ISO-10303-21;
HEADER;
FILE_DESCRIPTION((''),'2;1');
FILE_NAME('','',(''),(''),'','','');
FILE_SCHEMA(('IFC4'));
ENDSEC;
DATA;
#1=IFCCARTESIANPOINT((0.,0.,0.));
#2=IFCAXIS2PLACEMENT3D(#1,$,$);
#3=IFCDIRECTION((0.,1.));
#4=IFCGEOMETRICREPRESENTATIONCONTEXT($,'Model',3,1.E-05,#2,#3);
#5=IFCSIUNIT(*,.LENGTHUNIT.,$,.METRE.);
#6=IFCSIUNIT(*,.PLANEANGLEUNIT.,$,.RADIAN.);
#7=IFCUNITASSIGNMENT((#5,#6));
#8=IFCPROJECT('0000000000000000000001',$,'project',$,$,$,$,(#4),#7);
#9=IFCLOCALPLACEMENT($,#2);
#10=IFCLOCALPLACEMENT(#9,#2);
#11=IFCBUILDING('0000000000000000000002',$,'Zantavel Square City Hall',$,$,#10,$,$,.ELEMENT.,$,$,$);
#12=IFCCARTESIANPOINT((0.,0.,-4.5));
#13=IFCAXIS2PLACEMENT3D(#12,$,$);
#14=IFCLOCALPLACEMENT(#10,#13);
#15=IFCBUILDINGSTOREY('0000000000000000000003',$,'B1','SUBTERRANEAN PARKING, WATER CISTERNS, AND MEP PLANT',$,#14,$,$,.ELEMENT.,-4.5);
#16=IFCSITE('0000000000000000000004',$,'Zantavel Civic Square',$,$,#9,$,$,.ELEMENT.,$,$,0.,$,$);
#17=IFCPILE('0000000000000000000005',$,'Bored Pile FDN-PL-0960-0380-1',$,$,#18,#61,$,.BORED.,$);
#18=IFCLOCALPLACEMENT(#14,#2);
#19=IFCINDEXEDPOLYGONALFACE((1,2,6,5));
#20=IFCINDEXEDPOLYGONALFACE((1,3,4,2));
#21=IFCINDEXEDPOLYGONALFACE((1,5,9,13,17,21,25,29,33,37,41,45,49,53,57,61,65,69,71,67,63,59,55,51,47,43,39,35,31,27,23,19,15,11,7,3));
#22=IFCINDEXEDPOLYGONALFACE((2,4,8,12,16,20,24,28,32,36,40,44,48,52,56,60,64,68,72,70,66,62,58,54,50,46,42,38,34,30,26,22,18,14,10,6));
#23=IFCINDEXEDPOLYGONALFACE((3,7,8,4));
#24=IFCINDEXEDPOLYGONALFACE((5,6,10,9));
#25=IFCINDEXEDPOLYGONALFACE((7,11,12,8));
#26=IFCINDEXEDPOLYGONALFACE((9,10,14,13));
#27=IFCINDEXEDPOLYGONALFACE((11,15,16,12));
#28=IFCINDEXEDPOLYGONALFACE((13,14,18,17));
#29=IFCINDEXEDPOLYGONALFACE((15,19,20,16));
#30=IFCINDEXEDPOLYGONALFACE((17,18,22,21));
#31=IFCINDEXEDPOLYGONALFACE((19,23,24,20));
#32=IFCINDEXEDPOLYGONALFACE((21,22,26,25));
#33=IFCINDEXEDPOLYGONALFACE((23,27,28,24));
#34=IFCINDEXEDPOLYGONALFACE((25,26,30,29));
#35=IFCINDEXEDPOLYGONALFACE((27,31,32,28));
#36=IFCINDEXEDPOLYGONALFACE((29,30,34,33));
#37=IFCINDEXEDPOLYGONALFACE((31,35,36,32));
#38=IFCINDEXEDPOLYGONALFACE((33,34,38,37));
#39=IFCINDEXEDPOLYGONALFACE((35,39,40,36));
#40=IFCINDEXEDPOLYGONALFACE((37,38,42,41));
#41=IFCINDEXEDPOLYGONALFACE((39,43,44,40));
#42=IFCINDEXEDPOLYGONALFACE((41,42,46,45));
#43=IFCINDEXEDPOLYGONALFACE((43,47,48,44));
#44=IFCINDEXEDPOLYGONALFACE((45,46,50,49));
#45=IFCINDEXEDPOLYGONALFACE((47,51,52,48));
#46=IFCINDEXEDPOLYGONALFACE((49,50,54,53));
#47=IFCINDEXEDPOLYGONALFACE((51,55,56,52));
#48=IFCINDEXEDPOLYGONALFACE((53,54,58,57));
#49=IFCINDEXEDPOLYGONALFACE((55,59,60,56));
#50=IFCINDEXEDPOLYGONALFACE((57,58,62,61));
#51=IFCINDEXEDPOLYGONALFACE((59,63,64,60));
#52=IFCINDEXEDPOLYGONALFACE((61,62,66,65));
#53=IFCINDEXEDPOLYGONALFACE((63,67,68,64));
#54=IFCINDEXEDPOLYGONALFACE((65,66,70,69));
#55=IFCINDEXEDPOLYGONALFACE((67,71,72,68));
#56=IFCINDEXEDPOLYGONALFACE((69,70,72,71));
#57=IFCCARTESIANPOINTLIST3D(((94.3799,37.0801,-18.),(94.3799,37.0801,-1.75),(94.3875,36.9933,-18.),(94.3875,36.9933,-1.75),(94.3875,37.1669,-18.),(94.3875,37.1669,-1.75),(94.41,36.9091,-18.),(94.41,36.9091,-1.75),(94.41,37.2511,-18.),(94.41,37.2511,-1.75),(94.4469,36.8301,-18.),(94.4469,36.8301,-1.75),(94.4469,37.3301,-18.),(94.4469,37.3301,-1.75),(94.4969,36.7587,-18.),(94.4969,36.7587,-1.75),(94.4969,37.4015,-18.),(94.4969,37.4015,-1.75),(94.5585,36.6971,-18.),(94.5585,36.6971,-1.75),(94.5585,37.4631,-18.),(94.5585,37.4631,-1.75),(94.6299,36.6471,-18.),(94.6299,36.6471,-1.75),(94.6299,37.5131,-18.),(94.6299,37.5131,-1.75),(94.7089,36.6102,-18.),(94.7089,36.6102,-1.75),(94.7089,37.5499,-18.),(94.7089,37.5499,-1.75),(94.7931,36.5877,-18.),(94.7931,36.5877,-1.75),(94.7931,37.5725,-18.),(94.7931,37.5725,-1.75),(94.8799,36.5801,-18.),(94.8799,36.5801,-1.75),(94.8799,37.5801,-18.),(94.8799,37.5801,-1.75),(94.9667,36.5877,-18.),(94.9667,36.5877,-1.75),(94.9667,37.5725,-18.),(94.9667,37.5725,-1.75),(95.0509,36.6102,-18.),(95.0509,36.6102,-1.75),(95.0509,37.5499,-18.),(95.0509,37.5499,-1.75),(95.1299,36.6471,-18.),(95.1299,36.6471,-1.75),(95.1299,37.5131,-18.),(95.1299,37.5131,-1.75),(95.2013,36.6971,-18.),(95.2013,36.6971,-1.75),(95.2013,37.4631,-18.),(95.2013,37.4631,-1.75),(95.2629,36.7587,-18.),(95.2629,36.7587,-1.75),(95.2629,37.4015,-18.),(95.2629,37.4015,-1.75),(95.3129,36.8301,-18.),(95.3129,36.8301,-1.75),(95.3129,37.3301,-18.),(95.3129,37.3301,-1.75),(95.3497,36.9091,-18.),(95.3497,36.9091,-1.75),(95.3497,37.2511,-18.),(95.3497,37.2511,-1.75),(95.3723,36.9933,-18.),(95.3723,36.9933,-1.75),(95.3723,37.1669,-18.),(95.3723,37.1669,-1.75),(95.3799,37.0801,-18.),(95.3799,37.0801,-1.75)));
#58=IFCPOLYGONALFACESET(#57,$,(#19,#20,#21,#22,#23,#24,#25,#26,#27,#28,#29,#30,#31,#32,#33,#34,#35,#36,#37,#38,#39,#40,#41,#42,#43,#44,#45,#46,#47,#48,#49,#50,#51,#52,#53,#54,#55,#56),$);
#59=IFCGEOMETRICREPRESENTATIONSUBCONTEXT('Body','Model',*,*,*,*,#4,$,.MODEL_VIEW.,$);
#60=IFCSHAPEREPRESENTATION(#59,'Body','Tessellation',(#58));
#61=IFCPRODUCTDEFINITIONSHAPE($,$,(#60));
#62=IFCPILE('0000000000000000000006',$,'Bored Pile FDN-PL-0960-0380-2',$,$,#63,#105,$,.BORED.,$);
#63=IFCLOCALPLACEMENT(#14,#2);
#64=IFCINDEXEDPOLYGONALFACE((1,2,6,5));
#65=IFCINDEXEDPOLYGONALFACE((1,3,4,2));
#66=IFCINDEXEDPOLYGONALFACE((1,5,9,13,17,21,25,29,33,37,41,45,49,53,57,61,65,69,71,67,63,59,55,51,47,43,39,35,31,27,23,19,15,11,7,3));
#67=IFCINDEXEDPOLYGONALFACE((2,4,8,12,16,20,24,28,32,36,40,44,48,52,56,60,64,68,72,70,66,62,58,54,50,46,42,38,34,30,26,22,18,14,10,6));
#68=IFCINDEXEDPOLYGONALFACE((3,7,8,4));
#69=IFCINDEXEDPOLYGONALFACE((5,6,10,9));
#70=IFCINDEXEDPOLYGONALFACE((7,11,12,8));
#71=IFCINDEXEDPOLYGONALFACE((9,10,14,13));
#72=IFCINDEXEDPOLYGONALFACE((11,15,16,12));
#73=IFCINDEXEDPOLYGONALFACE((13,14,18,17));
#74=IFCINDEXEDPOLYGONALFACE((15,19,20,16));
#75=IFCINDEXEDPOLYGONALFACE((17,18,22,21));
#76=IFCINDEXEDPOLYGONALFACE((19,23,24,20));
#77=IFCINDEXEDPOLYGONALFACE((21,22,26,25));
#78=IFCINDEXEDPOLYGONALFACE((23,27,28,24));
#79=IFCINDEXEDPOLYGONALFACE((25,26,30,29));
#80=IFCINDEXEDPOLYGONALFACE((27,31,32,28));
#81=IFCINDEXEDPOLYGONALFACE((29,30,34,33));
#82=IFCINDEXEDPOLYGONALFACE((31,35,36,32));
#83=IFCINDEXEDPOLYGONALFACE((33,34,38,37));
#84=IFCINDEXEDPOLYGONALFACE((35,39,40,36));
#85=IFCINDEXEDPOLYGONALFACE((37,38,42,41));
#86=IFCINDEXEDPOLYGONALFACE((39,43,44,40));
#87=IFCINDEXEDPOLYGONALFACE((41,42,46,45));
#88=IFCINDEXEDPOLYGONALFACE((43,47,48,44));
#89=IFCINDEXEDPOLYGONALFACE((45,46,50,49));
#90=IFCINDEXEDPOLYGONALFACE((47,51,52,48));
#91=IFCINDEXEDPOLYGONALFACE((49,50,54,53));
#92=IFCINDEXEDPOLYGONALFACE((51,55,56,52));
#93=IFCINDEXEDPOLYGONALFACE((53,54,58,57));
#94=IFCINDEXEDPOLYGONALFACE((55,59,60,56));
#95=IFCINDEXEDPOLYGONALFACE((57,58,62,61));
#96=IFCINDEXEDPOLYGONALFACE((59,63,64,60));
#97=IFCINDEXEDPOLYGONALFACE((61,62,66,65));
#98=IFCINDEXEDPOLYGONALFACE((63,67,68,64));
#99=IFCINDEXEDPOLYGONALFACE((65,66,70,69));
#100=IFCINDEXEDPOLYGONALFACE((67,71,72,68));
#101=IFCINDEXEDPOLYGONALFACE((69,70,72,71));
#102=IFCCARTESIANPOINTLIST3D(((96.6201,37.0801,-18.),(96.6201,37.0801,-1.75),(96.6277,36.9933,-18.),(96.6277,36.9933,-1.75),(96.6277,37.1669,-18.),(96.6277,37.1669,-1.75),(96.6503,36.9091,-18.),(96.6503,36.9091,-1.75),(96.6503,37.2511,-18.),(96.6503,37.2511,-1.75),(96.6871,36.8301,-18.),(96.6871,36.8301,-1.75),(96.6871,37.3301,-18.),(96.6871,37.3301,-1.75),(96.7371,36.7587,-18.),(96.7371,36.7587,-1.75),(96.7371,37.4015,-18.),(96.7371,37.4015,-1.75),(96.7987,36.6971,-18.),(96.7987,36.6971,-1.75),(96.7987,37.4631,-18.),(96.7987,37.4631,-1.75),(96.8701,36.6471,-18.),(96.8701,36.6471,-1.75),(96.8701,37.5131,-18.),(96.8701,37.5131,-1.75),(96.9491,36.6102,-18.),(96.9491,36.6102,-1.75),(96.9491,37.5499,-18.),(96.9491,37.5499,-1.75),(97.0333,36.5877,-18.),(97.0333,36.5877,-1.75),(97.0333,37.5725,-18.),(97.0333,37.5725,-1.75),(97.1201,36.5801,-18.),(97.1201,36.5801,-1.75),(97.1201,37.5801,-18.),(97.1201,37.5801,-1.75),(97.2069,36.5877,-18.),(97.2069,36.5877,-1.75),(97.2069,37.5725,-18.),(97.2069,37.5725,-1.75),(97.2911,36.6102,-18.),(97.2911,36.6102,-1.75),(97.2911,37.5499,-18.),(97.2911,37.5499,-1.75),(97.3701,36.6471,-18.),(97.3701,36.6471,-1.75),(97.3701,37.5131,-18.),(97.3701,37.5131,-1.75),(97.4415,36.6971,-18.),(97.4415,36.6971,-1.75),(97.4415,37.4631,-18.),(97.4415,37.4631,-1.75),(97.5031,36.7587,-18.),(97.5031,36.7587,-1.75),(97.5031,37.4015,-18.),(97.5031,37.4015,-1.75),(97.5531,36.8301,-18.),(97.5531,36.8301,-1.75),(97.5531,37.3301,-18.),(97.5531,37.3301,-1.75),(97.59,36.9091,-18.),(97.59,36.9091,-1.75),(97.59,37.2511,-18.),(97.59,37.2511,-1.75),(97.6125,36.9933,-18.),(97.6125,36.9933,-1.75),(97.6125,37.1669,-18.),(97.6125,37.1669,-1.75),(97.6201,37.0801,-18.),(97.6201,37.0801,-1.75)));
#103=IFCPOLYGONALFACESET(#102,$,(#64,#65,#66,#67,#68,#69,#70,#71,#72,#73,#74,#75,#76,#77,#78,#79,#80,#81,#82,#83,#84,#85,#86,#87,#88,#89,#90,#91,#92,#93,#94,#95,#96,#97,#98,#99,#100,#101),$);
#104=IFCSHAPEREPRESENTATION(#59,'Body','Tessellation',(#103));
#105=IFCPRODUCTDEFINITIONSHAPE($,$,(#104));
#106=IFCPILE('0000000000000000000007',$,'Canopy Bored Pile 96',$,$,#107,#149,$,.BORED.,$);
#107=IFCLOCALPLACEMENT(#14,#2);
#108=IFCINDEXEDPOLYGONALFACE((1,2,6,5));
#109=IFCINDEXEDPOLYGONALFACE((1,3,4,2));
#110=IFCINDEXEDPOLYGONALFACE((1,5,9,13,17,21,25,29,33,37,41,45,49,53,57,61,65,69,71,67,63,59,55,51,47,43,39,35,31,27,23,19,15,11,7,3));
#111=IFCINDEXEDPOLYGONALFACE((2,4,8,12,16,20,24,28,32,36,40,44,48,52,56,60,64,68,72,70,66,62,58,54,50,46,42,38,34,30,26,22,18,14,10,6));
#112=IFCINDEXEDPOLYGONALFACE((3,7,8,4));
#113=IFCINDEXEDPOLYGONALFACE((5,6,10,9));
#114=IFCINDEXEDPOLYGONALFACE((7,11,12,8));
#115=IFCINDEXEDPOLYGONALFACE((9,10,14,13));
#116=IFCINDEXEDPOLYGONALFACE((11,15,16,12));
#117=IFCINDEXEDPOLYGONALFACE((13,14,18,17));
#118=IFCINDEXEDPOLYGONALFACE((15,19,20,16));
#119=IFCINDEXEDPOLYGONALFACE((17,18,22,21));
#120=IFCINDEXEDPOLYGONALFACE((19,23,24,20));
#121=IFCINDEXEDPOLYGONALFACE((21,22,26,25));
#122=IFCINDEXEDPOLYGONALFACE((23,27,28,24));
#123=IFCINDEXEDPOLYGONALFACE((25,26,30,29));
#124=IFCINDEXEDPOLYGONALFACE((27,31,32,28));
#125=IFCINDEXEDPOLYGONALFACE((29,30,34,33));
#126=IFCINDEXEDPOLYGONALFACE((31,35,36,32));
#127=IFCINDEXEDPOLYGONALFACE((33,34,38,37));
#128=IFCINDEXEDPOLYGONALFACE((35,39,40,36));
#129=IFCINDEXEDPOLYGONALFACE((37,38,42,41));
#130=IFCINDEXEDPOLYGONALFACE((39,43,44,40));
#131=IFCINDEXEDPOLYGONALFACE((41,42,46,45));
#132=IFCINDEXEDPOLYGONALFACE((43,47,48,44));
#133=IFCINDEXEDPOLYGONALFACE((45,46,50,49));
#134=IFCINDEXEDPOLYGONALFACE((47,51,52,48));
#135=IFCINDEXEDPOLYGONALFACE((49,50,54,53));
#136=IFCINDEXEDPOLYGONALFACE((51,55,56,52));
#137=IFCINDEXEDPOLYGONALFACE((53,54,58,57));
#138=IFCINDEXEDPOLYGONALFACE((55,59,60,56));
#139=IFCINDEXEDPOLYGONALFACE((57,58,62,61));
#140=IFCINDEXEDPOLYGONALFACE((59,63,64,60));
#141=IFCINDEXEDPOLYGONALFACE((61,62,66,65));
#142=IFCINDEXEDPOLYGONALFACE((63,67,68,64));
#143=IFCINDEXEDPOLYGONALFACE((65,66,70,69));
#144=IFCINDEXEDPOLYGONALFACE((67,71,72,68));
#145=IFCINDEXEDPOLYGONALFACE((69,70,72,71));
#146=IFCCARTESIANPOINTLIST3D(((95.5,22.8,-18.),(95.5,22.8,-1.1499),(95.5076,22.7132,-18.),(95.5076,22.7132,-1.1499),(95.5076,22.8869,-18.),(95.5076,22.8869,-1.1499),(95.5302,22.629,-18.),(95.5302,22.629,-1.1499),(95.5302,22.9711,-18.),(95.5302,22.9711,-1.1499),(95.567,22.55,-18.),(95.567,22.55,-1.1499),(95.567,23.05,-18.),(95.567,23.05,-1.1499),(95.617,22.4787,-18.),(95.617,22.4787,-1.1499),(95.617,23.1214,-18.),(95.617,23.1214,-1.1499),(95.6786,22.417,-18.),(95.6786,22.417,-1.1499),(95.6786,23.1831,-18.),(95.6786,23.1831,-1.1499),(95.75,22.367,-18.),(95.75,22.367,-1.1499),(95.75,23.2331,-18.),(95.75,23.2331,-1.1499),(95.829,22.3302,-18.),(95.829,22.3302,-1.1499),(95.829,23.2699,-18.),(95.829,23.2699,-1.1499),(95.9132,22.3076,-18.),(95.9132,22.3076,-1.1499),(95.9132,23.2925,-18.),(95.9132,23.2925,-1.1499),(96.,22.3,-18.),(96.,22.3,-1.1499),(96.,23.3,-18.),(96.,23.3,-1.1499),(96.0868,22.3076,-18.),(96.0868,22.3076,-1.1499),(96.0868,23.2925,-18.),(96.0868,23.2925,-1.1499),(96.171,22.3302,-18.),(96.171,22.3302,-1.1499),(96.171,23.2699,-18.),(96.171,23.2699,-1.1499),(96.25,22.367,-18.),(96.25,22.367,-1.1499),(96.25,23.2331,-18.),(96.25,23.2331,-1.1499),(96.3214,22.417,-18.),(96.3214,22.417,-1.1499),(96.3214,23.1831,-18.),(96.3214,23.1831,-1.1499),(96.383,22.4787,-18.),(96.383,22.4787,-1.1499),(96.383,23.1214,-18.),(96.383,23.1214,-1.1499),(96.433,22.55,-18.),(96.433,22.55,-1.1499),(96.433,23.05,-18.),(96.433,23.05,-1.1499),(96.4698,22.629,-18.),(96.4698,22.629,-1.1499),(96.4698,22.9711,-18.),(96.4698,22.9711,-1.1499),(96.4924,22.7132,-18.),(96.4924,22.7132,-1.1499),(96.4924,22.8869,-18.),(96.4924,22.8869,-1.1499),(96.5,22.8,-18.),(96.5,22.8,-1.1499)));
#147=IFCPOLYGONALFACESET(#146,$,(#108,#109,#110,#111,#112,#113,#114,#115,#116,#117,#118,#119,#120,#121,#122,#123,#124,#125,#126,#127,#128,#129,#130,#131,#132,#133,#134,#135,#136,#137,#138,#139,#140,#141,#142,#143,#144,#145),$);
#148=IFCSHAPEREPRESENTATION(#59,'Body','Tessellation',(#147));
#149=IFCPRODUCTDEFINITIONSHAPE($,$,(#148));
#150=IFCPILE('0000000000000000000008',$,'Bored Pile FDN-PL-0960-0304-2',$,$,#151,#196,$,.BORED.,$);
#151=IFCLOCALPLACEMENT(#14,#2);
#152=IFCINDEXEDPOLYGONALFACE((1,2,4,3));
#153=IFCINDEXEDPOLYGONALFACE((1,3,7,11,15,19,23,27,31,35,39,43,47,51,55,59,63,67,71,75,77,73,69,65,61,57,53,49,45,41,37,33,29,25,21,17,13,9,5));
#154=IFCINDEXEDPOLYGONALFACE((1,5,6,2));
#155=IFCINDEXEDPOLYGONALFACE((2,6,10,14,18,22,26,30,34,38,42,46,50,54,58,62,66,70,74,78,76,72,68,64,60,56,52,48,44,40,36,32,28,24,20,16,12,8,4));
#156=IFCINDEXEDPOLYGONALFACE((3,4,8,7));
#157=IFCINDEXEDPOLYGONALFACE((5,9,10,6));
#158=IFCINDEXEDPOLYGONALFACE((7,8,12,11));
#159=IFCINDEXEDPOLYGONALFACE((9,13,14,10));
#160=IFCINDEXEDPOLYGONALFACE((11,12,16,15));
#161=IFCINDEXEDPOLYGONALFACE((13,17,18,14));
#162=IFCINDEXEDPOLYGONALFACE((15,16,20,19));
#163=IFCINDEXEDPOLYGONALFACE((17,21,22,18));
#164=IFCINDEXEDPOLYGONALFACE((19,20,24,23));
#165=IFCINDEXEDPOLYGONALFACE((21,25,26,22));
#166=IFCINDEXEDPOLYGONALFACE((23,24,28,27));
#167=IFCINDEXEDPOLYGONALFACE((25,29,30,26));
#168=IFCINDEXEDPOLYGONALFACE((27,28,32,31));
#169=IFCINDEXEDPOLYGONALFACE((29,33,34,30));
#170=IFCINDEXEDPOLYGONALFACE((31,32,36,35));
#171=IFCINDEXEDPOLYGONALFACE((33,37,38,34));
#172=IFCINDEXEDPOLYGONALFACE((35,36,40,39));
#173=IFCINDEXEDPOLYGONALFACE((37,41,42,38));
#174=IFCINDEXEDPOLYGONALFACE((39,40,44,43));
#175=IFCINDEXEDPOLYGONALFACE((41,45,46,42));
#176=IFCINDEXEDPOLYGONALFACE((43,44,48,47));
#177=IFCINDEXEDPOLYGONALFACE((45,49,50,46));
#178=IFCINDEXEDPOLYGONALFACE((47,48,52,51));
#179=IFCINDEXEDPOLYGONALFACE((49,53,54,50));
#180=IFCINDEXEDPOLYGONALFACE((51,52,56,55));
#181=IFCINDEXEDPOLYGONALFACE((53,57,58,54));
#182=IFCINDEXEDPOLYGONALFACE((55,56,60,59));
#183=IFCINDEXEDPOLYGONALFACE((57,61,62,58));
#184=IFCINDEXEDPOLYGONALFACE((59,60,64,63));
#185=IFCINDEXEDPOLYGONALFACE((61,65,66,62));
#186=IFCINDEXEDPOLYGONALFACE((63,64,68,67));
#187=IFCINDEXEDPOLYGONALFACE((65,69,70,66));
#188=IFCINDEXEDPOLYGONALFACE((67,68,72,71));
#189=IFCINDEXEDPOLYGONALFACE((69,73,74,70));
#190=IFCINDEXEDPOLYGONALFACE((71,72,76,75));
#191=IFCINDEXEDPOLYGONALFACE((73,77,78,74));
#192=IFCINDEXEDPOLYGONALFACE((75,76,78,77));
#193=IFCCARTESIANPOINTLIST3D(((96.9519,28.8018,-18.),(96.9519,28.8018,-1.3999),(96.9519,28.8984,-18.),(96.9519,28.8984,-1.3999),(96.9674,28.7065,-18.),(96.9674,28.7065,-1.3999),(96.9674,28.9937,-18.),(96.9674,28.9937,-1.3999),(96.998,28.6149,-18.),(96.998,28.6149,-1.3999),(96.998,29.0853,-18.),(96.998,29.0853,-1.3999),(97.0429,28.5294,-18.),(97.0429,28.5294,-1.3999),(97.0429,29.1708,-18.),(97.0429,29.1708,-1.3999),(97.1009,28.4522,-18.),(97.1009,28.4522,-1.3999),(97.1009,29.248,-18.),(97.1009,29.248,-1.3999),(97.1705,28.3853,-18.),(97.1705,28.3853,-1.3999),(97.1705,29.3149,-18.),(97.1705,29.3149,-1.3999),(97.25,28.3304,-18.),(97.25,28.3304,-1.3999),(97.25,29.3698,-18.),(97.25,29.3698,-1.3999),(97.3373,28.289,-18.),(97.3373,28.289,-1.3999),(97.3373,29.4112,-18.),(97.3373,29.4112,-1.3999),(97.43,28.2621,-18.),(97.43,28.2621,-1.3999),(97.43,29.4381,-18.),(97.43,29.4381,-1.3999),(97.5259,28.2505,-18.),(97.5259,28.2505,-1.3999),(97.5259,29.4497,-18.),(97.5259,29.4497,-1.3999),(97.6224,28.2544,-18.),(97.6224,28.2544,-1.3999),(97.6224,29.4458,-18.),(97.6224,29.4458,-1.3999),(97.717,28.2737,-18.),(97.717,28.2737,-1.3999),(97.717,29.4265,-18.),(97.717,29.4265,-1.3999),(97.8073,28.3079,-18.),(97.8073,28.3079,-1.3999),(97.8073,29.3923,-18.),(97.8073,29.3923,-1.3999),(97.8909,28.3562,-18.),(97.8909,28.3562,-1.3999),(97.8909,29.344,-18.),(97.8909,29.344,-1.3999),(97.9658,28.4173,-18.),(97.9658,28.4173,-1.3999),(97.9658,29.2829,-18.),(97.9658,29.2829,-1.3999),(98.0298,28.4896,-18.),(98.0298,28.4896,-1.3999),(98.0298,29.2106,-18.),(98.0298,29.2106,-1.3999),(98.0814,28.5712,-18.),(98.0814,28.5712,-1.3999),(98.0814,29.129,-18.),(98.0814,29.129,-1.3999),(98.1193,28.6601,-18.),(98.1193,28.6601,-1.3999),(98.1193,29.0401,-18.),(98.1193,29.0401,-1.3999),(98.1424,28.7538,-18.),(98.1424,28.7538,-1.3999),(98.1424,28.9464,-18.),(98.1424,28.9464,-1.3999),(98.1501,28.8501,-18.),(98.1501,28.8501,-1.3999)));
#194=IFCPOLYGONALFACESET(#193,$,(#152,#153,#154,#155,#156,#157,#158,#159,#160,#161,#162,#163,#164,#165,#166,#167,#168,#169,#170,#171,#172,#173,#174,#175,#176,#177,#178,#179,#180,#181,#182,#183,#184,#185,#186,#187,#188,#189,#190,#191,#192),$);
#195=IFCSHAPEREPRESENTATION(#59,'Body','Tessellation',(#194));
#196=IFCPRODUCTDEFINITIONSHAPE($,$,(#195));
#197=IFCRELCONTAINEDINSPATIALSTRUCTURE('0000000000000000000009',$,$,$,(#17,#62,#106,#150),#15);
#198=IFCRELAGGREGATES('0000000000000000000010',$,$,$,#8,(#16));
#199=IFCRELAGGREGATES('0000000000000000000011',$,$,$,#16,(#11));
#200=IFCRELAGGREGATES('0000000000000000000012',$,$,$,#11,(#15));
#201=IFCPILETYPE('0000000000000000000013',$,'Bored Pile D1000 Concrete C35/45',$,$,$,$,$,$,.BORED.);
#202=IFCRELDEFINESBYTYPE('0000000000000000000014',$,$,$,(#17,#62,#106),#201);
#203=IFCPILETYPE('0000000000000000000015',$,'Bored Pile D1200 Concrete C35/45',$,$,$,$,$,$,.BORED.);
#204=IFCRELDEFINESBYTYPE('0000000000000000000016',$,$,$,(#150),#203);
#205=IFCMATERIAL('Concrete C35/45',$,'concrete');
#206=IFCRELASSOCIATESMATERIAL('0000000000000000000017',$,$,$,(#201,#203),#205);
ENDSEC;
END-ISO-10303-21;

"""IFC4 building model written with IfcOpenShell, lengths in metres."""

from ifc_helpers import new_model, si_unit, direction, frame, origin, origin_2d, place, context, subcontext, project, spatial, circle, extrude, material, material_profile, profile_set, type_object, element, save


model = new_model("IFC4")

# Units and contexts
model_context = context("Model", 3, precision=1e-05, world=origin(), true_north=direction((0.0, 1.0)))
body_context = subcontext(model_context, "Body", "Model", "MODEL_VIEW")
ifc_project = project(units=[si_unit("LENGTHUNIT", "METRE"), si_unit("PLANEANGLEUNIT", "RADIAN")], contexts=[model_context])

# Site, building, storey
site_placement = place(None, origin())
site = spatial("IfcSite", under=ifc_project, at=site_placement, Name="Zantavel Civic Square", CompositionType="ELEMENT", RefElevation=0.0)
building_placement = place(site_placement, origin())
building = spatial("IfcBuilding", under=site, at=building_placement, Name="Zantavel Square City Hall", CompositionType="ELEMENT")
storey_placement = place(building_placement, frame((0.0, 0.0, -4.5)))
storey = spatial("IfcBuildingStorey", under=building, at=storey_placement, Name="B1", Description="SUBTERRANEAN PARKING, WATER CISTERNS, AND MEP PLANT", CompositionType="ELEMENT", Elevation=-4.5)

# Piles
ifc_material_1 = material(Name="Concrete C35/45", Category="concrete")
ifc_material_profile_1 = material_profile(ifc_material_1, circle(Radius=0.5, at=origin_2d()), Name="PILE D1000")
ifc_profile_set_1 = profile_set([ifc_material_profile_1], Name="Concrete C35/45")
pile_type_1 = type_object("IfcPileType", Name="Bored Pile D1000 Concrete C35/45", PredefinedType="BORED", material=ifc_profile_set_1)
for number, where, z_axis, x_axis, name in (
    (1, (94.8799, 37.0801, -1.75), (0.0, 0.0, -1.0), (1.0, 0.0, 0.0), "Bored Pile FDN-PL-0960-0380-1"),
    (2, (97.1201, 37.0801, -1.75), (0.0, 0.0, -1.0), (1.0, 0.0, 0.0), "Bored Pile FDN-PL-0960-0380-2"),
):
    element("IfcPile", number, at=place(storey_placement, frame(where, z_axis=z_axis, x_axis=x_axis)), inside=storey, type_object=pile_type_1, Name=name, PredefinedType="BORED", context=body_context, shape_type="SweptSolid", body=[
        extrude(circle(Radius=0.5, at=origin_2d()), origin(), (0.0, 0.0, 1.0), 16.25),
    ])
pile_placement = place(storey_placement, frame((96.0, 22.8, -1.1499), z_axis=(0.0, 0.0, -1.0), x_axis=(1.0, 0.0, 0.0)))
element("IfcPile", 3, at=pile_placement, inside=storey, type_object=pile_type_1, Name="Canopy Bored Pile 96", PredefinedType="BORED", context=body_context, shape_type="SweptSolid", body=[
    extrude(circle(Radius=0.5, at=origin_2d()), origin(), (0.0, 0.0, 1.0), 16.8501),
])
ifc_material_profile_2 = material_profile(ifc_material_1, circle(Radius=0.6001, at=origin_2d()), Name="PILE D1200")
ifc_profile_set_2 = profile_set([ifc_material_profile_2], Name="Concrete C35/45")
pile_type_2 = type_object("IfcPileType", Name="Bored Pile D1200 Concrete C35/45", PredefinedType="BORED", material=ifc_profile_set_2)
for number, where, z_axis, x_axis, name in (
    (4, (97.55, 28.8501, -1.3999), (0.0, 0.0, -1.0), (1.0, 0.0, 0.0), "Bored Pile FDN-PL-0960-0304-2"),
):
    element("IfcPile", number, at=place(storey_placement, frame(where, z_axis=z_axis, x_axis=x_axis)), inside=storey, type_object=pile_type_2, Name=name, PredefinedType="BORED", context=body_context, shape_type="SweptSolid", body=[
        extrude(circle(Radius=0.6001, at=origin_2d()), origin(), (0.0, 0.0, 1.0), 16.6001),
    ])

save(model, "model.ifc")
